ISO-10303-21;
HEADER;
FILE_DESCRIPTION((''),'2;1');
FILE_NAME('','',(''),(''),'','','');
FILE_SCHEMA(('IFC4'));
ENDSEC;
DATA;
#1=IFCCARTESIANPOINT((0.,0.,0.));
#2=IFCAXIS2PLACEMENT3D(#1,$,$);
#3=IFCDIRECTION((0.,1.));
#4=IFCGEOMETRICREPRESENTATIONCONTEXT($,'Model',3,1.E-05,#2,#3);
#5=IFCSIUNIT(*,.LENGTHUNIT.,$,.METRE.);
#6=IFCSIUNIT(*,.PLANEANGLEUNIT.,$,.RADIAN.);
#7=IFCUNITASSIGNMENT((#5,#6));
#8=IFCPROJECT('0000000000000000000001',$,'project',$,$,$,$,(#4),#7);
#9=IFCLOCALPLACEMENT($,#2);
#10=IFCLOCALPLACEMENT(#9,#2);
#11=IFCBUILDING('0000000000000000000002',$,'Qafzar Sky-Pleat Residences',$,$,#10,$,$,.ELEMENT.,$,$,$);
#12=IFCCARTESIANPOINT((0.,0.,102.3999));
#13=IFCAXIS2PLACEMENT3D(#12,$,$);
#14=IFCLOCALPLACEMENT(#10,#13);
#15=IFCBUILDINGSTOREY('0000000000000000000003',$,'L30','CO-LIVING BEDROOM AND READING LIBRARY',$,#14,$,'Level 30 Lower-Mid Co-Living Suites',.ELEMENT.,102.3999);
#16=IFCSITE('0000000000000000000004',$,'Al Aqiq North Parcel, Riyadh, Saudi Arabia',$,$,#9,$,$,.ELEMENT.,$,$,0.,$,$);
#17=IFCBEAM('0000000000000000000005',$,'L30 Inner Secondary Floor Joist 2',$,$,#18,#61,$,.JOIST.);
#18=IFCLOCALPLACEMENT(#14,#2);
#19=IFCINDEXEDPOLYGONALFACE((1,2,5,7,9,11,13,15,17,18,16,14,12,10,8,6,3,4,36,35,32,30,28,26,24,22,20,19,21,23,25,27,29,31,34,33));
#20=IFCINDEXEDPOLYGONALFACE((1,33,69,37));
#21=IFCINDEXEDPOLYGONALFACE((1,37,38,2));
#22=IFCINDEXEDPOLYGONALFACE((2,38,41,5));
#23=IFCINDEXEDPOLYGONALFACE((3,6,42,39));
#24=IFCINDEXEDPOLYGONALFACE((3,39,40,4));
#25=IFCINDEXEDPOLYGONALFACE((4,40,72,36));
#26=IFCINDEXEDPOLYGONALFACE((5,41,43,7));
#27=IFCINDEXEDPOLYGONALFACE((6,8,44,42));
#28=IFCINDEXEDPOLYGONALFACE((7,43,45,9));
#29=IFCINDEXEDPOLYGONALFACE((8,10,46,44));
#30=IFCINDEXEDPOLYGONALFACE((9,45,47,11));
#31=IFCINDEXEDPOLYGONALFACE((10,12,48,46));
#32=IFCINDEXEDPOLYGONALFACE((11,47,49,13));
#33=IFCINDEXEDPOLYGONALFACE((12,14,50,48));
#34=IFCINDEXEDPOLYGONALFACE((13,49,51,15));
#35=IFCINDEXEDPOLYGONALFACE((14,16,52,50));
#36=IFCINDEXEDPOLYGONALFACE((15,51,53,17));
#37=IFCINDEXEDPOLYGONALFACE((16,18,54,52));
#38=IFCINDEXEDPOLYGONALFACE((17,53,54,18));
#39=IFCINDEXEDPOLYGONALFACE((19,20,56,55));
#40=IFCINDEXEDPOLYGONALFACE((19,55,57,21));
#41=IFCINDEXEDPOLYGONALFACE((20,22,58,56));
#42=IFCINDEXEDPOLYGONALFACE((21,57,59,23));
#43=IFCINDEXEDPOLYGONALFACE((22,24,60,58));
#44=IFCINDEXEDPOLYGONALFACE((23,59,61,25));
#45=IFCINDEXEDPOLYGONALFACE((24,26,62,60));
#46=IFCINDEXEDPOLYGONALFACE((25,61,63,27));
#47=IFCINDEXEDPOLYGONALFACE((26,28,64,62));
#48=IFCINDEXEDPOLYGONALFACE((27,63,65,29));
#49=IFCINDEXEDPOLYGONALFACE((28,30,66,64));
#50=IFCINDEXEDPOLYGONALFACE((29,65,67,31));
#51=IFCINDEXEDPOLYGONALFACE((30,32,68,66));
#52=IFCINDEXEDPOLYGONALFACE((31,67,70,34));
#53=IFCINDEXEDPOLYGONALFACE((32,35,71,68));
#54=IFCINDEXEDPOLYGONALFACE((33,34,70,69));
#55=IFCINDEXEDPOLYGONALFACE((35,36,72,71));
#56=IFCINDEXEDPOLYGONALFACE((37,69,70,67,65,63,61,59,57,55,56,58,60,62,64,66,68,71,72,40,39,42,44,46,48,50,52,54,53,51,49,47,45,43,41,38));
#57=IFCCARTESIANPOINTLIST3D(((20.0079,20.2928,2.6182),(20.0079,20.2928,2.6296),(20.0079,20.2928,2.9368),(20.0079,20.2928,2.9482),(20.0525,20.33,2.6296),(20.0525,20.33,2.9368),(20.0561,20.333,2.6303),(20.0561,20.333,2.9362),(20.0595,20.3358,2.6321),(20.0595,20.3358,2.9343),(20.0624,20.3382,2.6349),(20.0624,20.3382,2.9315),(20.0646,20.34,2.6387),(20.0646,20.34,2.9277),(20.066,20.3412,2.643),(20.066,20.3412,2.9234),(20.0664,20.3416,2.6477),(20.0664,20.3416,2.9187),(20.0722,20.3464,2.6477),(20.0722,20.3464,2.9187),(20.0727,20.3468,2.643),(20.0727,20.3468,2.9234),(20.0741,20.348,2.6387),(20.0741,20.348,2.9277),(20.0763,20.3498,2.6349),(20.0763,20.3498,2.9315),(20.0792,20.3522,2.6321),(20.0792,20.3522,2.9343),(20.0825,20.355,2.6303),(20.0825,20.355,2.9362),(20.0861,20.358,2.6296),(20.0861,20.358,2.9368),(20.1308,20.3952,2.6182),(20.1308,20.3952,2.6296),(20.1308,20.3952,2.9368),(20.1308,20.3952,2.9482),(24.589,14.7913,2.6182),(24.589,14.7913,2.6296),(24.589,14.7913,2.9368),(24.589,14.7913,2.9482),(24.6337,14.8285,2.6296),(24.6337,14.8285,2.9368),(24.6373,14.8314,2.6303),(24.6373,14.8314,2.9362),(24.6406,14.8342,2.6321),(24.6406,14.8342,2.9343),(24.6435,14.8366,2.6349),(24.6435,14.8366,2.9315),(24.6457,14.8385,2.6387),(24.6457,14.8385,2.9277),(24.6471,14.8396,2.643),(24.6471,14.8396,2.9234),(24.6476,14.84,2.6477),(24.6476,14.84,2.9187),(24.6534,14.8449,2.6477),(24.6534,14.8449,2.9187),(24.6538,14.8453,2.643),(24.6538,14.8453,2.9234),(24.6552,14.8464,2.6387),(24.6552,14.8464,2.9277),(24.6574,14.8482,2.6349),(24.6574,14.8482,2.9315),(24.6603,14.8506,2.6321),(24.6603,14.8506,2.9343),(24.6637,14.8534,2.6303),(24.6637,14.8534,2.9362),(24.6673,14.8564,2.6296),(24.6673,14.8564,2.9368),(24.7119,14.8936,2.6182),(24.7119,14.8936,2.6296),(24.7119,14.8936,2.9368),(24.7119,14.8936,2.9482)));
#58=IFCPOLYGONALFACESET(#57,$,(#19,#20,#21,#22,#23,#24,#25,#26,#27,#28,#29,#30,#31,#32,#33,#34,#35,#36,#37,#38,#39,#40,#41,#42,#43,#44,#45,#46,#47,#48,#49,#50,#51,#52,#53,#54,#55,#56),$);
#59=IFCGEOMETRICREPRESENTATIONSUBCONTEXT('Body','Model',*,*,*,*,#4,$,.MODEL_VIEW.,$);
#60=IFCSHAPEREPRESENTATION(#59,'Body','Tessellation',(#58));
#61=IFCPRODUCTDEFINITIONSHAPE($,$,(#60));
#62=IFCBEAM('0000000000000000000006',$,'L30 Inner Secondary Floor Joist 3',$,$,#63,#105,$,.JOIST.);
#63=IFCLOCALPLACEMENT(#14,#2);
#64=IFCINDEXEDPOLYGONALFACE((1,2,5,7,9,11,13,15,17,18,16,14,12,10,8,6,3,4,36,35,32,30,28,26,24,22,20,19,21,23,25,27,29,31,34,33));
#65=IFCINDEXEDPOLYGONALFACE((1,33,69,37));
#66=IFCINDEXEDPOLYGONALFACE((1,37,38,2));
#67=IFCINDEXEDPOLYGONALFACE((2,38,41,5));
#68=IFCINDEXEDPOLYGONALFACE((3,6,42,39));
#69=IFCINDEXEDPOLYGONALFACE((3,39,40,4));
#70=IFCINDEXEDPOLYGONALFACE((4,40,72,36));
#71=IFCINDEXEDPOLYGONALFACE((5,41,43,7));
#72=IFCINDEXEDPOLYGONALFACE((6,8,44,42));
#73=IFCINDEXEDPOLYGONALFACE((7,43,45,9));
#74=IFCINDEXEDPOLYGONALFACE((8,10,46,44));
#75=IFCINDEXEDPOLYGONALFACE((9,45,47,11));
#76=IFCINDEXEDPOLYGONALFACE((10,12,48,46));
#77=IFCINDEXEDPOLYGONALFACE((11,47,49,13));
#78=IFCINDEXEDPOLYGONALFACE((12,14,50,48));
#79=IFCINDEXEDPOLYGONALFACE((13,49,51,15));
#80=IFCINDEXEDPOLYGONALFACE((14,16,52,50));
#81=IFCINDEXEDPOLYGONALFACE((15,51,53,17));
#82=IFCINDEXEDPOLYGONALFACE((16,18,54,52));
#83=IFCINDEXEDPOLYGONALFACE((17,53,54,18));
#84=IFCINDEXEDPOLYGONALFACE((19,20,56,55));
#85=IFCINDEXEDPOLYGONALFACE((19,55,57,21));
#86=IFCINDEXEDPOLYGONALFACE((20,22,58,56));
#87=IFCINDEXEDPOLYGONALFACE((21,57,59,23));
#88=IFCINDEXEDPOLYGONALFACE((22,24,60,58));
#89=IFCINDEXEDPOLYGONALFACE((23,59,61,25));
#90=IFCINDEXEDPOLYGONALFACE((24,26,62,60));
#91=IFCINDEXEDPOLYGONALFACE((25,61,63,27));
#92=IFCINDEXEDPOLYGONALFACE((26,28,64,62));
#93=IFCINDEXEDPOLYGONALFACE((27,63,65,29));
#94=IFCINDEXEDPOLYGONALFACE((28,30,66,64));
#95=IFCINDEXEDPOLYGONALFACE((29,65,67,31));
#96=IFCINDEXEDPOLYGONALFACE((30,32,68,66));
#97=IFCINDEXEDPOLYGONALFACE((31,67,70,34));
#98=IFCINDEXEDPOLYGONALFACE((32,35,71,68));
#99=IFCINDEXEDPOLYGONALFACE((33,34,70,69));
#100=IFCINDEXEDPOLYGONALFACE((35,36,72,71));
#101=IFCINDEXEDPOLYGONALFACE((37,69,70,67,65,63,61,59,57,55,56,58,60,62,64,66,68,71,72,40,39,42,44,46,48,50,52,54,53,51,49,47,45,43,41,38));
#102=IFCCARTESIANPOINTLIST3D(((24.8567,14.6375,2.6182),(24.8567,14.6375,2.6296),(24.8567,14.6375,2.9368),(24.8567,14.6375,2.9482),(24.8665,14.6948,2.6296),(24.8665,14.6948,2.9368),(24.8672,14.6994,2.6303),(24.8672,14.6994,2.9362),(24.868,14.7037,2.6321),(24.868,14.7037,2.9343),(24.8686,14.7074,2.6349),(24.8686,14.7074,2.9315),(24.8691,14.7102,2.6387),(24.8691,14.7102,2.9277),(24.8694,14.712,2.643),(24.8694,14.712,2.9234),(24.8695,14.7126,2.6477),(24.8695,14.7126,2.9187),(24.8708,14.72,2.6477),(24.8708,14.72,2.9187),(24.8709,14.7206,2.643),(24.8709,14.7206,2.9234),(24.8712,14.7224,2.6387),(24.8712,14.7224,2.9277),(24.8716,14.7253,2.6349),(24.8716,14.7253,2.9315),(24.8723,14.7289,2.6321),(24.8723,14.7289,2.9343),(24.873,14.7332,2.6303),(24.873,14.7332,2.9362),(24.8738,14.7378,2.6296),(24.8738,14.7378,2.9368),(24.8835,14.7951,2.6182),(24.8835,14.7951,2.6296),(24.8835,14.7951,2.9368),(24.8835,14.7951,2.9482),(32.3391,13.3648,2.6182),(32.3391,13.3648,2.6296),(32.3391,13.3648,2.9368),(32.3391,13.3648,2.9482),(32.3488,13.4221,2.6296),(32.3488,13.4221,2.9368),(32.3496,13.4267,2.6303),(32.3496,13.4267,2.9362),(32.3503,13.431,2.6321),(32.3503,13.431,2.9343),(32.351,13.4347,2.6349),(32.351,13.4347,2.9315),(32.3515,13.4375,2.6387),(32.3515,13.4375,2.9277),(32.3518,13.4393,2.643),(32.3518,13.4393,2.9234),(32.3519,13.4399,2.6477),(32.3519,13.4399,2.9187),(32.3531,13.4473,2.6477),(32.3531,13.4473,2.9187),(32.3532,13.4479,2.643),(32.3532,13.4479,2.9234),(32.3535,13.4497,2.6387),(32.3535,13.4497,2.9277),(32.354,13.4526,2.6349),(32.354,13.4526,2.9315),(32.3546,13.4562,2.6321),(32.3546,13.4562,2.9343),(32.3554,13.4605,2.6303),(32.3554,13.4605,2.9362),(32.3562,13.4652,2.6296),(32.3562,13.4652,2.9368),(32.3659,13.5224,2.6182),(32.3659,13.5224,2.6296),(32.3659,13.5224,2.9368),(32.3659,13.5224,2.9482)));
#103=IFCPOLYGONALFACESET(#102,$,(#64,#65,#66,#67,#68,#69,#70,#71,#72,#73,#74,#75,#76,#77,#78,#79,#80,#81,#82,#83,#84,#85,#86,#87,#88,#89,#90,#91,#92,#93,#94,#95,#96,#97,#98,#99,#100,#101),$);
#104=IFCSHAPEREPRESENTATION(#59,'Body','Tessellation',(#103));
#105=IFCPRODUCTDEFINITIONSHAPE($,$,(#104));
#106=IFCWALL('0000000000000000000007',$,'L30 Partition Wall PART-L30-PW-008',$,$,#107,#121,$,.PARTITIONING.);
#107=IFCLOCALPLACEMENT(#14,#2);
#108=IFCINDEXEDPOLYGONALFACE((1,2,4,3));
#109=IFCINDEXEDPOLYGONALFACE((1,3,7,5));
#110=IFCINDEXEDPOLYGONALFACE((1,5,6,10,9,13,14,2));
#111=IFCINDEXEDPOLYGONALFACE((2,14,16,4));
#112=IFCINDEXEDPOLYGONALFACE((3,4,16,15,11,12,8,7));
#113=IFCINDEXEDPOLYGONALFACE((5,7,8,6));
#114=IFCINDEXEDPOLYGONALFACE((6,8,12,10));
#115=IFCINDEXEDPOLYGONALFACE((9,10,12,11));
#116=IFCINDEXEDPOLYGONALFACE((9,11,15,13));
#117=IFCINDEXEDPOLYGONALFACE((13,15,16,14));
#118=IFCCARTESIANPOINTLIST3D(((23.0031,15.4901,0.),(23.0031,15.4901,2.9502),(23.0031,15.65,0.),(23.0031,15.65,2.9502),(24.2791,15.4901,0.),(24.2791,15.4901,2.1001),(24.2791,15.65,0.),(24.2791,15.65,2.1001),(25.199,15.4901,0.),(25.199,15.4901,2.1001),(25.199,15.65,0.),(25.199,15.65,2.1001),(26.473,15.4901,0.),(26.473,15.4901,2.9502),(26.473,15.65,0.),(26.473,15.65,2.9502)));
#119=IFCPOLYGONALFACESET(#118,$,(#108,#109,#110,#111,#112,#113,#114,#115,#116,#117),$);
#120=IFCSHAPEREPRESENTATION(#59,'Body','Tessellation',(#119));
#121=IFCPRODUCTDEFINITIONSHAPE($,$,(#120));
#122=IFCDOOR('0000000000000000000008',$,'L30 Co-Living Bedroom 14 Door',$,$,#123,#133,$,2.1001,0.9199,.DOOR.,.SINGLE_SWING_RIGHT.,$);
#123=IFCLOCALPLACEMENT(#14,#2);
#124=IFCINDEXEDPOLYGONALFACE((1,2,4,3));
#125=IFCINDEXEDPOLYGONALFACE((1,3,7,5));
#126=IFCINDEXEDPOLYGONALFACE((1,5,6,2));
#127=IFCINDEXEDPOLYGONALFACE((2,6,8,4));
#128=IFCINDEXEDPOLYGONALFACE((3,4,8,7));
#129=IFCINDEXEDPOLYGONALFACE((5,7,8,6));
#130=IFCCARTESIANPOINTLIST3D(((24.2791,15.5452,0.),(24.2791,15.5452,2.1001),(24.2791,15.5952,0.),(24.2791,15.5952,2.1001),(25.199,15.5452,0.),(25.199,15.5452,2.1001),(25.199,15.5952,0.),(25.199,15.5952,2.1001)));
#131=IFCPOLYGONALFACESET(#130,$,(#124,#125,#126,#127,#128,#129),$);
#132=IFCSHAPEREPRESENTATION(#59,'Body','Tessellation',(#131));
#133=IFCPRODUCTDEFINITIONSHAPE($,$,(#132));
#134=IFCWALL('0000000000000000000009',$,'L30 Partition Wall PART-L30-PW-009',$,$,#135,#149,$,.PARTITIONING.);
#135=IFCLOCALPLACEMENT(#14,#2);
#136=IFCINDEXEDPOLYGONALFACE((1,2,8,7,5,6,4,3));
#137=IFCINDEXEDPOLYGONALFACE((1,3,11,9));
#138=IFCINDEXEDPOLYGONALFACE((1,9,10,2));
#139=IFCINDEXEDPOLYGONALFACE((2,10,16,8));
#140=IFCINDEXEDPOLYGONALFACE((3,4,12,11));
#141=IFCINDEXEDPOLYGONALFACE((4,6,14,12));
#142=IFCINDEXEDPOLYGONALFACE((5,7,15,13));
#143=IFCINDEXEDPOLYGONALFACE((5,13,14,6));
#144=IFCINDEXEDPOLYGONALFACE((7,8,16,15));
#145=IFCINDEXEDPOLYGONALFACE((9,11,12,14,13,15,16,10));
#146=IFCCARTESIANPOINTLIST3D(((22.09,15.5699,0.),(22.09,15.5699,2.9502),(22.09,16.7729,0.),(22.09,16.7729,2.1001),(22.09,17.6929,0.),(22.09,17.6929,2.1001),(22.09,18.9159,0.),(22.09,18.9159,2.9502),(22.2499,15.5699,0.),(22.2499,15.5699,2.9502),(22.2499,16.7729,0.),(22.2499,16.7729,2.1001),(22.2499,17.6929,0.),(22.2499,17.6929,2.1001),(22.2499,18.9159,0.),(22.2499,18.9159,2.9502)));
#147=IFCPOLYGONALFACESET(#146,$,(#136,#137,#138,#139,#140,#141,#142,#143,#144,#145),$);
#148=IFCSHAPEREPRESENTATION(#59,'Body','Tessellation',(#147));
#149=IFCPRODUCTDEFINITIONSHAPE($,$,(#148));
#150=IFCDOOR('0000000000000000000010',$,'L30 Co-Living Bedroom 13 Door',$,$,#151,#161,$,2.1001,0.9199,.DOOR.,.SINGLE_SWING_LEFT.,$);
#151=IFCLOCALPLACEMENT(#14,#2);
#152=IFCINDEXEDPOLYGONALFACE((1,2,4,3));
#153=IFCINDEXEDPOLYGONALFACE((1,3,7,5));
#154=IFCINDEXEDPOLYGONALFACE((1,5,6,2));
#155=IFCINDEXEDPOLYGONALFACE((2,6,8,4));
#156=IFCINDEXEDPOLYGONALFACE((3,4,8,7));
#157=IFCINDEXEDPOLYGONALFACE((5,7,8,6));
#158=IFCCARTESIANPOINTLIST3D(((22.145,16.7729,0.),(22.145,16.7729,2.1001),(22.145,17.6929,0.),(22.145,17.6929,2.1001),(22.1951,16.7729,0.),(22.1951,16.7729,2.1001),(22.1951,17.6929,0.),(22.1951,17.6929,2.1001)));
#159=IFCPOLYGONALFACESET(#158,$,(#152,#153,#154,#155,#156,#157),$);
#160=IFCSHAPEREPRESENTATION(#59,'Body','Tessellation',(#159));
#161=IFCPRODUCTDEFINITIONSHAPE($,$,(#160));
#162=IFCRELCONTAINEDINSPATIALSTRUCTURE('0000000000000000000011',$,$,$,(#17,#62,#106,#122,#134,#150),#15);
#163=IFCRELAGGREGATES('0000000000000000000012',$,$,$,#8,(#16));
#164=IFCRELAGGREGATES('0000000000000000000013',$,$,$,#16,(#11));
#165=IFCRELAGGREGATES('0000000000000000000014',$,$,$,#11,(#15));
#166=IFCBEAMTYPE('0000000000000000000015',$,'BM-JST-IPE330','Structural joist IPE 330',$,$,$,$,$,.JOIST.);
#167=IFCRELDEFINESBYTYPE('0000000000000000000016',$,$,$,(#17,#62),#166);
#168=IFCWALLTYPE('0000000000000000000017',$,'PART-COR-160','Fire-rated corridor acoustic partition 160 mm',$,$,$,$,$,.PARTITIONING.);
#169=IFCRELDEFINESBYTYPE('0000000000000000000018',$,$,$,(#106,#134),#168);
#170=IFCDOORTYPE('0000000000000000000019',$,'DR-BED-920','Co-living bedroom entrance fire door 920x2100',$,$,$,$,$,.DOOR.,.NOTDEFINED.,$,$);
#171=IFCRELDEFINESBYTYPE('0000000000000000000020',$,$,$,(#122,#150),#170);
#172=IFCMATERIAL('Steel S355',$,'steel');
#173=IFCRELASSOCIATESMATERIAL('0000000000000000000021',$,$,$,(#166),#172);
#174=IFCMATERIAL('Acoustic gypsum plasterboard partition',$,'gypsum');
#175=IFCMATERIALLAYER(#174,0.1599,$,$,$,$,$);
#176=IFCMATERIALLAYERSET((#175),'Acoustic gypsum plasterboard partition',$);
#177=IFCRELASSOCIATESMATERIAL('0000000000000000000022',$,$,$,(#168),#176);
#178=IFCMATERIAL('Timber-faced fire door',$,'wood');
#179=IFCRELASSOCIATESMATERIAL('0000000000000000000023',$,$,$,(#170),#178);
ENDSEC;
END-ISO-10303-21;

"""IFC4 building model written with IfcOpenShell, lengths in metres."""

from ifc_helpers import new_model, si_unit, direction, frame, frame_2d, origin, origin_2d, place, context, subcontext, project, spatial, rectangle, i_section, extrude, source, transform, mapped, material, layer, layer_set, material_profile, profile_set, type_object, element, fill, save


model = new_model("IFC4")

# Units and contexts
model_context = context("Model", 3, precision=1e-05, world=origin(), true_north=direction((0.0, 1.0)))
body_context = subcontext(model_context, "Body", "Model", "MODEL_VIEW")
ifc_project = project(units=[si_unit("LENGTHUNIT", "METRE"), si_unit("PLANEANGLEUNIT", "RADIAN")], contexts=[model_context])

# Site, building, storey
site_placement = place(None, origin())
site = spatial("IfcSite", under=ifc_project, at=site_placement, Name="Al Aqiq North Parcel, Riyadh, Saudi Arabia", CompositionType="ELEMENT", RefElevation=0.0)
building_placement = place(site_placement, origin())
building = spatial("IfcBuilding", under=site, at=building_placement, Name="Qafzar Sky-Pleat Residences", CompositionType="ELEMENT")
storey_placement = place(building_placement, frame((0.0, 0.0, 102.3999)))
storey = spatial("IfcBuildingStorey", under=building, at=storey_placement, Name="L30", Description="CO-LIVING BEDROOM AND READING LIBRARY", LongName="Level 30 Lower-Mid Co-Living Suites", CompositionType="ELEMENT", Elevation=102.3999)

# Beams
ifc_material_1 = material(Name="Steel S355", Category="steel")
ifc_material_profile = material_profile(ifc_material_1, i_section(OverallWidth=0.1599, OverallDepth=0.3301, WebThickness=0.0076, FlangeThickness=0.0115, FilletRadius=0.0181, at=origin_2d()), Name="IPE 330")
ifc_profile_set = profile_set([ifc_material_profile], Name="Steel S355")
beam_type = type_object("IfcBeamType", Name="BM-JST-IPE330", Description="Structural joist IPE 330", PredefinedType="JOIST", material=ifc_profile_set)
shared_shape_1 = source(origin(), body_context, "Body", "SweptSolid", [
    extrude(i_section(OverallWidth=0.1599, OverallDepth=0.3301, WebThickness=0.0076, FlangeThickness=0.0115, FilletRadius=0.0181, at=origin_2d()), origin(), (0.0, 0.0, 1.0), 7.1592),
])
beam_1_placement = place(storey_placement, frame((20.0693, 20.344, 2.7832), z_axis=(0.639896, -0.768462, 0.0), x_axis=(0.768462, 0.639896, 0.0)))
element("IfcBeam", 1, at=beam_1_placement, inside=storey, type_object=beam_type, Name="L30 Inner Secondary Floor Joist 2", PredefinedType="JOIST", context=body_context, shape_type="MappedRepresentation", body=[
    mapped(shared_shape_1, transform((0.0, 0.0, 0.0), x_axis=(1.0, 0.0, 0.0), y_axis=(0.0, 1.0, 0.0), z_axis=(0.0, 0.0, 1.0), scale=1.0)),
])
shared_shape_2 = source(origin(), body_context, "Body", "SweptSolid", [
    extrude(i_section(OverallWidth=0.1599, OverallDepth=0.3301, WebThickness=0.0076, FlangeThickness=0.0115, FilletRadius=0.0181, at=origin_2d()), origin(), (0.0, 0.0, 1.0), 7.5898),
])
beam_2_placement = place(storey_placement, frame((24.8701, 14.7163, 2.7832), z_axis=(0.985841, -0.167684, 0.0), x_axis=(0.167684, 0.985841, 0.0)))
element("IfcBeam", 2, at=beam_2_placement, inside=storey, type_object=beam_type, Name="L30 Inner Secondary Floor Joist 3", PredefinedType="JOIST", context=body_context, shape_type="MappedRepresentation", body=[
    mapped(shared_shape_2, transform((0.0, 0.0, 0.0), x_axis=(1.0, 0.0, 0.0), y_axis=(0.0, 1.0, 0.0), z_axis=(0.0, 0.0, 1.0), scale=1.0)),
])

# Walls, openings, doors
ifc_material_2 = material(Name="Acoustic gypsum plasterboard partition", Category="gypsum")
ifc_layer_1 = layer(ifc_material_2, 0.1599)
ifc_layer_set_1 = layer_set([ifc_layer_1], Name="Acoustic gypsum plasterboard partition")
wall_type_1 = type_object("IfcWallType", Name="PART-COR-160", Description="Fire-rated corridor acoustic partition 160 mm", PredefinedType="PARTITIONING", material=ifc_layer_set_1)
wall_1_placement = place(storey_placement, frame((26.4729, 15.5701, 0.0), z_axis=(0.0, 0.0, 1.0), x_axis=(-1.0, 0.0, 0.0)))
wall_1 = element("IfcWall", 3, at=wall_1_placement, inside=storey, type_object=wall_type_1, Name="L30 Partition Wall PART-L30-PW-008", PredefinedType="PARTITIONING", context=body_context, shape_type="SweptSolid", body=[
    extrude(rectangle(XDim=3.47, YDim=0.1599, at=frame_2d((1.7349, 0.0))), origin(), (0.0, 0.0, 1.0), 2.9502),
])
opening_1_placement = place(wall_1_placement, frame((1.2739, 0.0, 0.0)))
opening_1 = element("IfcOpeningElement", 4, at=opening_1_placement, cuts=wall_1, PredefinedType="OPENING", context=body_context, shape_type="SweptSolid", body=[
    extrude(rectangle(XDim=0.9199, YDim=2.1001, at=frame_2d((0.46, 1.05))), frame((0.0, 0.0898, 0.0), z_axis=(0.0, -1.0, 0.0), x_axis=(1.0, 0.0, 0.0)), (0.0, 0.0, 1.0), 0.1799),
])
ifc_material_3 = material(Name="Timber-faced fire door", Category="wood")
door_type_1 = type_object("IfcDoorType", Name="DR-BED-920", Description="Co-living bedroom entrance fire door 920x2100", OperationType="NOTDEFINED", PredefinedType="DOOR", material=ifc_material_3)
shared_shape_3 = source(origin(), body_context, "Body", "SweptSolid", [
    extrude(rectangle(XDim=0.9199, YDim=2.1001, at=frame_2d((0.46, 1.05))), frame((0.0, 0.0249, 0.0), z_axis=(0.0, -1.0, 0.0), x_axis=(1.0, 0.0, 0.0)), (0.0, 0.0, 1.0), 0.05),
])
door_1_placement = place(opening_1_placement, origin())
door_1 = element("IfcDoor", 5, at=door_1_placement, inside=storey, type_object=door_type_1, Name="L30 Co-Living Bedroom 14 Door", OperationType="SINGLE_SWING_RIGHT", OverallHeight=2.1001, OverallWidth=0.9199, PredefinedType="DOOR", context=body_context, shape_type="MappedRepresentation", body=[
    mapped(shared_shape_3, transform((0.0, 0.0, 0.0), x_axis=(1.0, 0.0, 0.0), y_axis=(0.0, 1.0, 0.0), z_axis=(0.0, 0.0, 1.0), scale=1.0)),
])
fill(opening_1, door_1)
wall_2_placement = place(storey_placement, frame((22.1699, 15.5701, 0.0), z_axis=(0.0, 0.0, 1.0), x_axis=(0.0, 1.0, 0.0)))
wall_2 = element("IfcWall", 6, at=wall_2_placement, inside=storey, type_object=wall_type_1, Name="L30 Partition Wall PART-L30-PW-009", PredefinedType="PARTITIONING", context=body_context, shape_type="SweptSolid", body=[
    extrude(rectangle(XDim=3.3459, YDim=0.1599, at=frame_2d((1.6729, 0.0))), origin(), (0.0, 0.0, 1.0), 2.9502),
])
opening_2_placement = place(wall_2_placement, frame((1.2029, 0.0, 0.0)))
opening_2 = element("IfcOpeningElement", 7, at=opening_2_placement, cuts=wall_2, PredefinedType="OPENING", context=body_context, shape_type="SweptSolid", body=[
    extrude(rectangle(XDim=0.9199, YDim=2.1001, at=frame_2d((0.46, 1.05))), frame((0.0, 0.0898, 0.0), z_axis=(0.0, -1.0, 0.0), x_axis=(1.0, 0.0, 0.0)), (0.0, 0.0, 1.0), 0.1799),
])
door_2_placement = place(opening_2_placement, origin())
door_2 = element("IfcDoor", 8, at=door_2_placement, inside=storey, type_object=door_type_1, Name="L30 Co-Living Bedroom 13 Door", OperationType="SINGLE_SWING_LEFT", OverallHeight=2.1001, OverallWidth=0.9199, PredefinedType="DOOR", context=body_context, shape_type="MappedRepresentation", body=[
    mapped(shared_shape_3, transform((0.0, 0.0, 0.0), x_axis=(1.0, 0.0, 0.0), y_axis=(0.0, 1.0, 0.0), z_axis=(0.0, 0.0, 1.0), scale=1.0)),
])
fill(opening_2, door_2)

save(model, "model.ifc")
